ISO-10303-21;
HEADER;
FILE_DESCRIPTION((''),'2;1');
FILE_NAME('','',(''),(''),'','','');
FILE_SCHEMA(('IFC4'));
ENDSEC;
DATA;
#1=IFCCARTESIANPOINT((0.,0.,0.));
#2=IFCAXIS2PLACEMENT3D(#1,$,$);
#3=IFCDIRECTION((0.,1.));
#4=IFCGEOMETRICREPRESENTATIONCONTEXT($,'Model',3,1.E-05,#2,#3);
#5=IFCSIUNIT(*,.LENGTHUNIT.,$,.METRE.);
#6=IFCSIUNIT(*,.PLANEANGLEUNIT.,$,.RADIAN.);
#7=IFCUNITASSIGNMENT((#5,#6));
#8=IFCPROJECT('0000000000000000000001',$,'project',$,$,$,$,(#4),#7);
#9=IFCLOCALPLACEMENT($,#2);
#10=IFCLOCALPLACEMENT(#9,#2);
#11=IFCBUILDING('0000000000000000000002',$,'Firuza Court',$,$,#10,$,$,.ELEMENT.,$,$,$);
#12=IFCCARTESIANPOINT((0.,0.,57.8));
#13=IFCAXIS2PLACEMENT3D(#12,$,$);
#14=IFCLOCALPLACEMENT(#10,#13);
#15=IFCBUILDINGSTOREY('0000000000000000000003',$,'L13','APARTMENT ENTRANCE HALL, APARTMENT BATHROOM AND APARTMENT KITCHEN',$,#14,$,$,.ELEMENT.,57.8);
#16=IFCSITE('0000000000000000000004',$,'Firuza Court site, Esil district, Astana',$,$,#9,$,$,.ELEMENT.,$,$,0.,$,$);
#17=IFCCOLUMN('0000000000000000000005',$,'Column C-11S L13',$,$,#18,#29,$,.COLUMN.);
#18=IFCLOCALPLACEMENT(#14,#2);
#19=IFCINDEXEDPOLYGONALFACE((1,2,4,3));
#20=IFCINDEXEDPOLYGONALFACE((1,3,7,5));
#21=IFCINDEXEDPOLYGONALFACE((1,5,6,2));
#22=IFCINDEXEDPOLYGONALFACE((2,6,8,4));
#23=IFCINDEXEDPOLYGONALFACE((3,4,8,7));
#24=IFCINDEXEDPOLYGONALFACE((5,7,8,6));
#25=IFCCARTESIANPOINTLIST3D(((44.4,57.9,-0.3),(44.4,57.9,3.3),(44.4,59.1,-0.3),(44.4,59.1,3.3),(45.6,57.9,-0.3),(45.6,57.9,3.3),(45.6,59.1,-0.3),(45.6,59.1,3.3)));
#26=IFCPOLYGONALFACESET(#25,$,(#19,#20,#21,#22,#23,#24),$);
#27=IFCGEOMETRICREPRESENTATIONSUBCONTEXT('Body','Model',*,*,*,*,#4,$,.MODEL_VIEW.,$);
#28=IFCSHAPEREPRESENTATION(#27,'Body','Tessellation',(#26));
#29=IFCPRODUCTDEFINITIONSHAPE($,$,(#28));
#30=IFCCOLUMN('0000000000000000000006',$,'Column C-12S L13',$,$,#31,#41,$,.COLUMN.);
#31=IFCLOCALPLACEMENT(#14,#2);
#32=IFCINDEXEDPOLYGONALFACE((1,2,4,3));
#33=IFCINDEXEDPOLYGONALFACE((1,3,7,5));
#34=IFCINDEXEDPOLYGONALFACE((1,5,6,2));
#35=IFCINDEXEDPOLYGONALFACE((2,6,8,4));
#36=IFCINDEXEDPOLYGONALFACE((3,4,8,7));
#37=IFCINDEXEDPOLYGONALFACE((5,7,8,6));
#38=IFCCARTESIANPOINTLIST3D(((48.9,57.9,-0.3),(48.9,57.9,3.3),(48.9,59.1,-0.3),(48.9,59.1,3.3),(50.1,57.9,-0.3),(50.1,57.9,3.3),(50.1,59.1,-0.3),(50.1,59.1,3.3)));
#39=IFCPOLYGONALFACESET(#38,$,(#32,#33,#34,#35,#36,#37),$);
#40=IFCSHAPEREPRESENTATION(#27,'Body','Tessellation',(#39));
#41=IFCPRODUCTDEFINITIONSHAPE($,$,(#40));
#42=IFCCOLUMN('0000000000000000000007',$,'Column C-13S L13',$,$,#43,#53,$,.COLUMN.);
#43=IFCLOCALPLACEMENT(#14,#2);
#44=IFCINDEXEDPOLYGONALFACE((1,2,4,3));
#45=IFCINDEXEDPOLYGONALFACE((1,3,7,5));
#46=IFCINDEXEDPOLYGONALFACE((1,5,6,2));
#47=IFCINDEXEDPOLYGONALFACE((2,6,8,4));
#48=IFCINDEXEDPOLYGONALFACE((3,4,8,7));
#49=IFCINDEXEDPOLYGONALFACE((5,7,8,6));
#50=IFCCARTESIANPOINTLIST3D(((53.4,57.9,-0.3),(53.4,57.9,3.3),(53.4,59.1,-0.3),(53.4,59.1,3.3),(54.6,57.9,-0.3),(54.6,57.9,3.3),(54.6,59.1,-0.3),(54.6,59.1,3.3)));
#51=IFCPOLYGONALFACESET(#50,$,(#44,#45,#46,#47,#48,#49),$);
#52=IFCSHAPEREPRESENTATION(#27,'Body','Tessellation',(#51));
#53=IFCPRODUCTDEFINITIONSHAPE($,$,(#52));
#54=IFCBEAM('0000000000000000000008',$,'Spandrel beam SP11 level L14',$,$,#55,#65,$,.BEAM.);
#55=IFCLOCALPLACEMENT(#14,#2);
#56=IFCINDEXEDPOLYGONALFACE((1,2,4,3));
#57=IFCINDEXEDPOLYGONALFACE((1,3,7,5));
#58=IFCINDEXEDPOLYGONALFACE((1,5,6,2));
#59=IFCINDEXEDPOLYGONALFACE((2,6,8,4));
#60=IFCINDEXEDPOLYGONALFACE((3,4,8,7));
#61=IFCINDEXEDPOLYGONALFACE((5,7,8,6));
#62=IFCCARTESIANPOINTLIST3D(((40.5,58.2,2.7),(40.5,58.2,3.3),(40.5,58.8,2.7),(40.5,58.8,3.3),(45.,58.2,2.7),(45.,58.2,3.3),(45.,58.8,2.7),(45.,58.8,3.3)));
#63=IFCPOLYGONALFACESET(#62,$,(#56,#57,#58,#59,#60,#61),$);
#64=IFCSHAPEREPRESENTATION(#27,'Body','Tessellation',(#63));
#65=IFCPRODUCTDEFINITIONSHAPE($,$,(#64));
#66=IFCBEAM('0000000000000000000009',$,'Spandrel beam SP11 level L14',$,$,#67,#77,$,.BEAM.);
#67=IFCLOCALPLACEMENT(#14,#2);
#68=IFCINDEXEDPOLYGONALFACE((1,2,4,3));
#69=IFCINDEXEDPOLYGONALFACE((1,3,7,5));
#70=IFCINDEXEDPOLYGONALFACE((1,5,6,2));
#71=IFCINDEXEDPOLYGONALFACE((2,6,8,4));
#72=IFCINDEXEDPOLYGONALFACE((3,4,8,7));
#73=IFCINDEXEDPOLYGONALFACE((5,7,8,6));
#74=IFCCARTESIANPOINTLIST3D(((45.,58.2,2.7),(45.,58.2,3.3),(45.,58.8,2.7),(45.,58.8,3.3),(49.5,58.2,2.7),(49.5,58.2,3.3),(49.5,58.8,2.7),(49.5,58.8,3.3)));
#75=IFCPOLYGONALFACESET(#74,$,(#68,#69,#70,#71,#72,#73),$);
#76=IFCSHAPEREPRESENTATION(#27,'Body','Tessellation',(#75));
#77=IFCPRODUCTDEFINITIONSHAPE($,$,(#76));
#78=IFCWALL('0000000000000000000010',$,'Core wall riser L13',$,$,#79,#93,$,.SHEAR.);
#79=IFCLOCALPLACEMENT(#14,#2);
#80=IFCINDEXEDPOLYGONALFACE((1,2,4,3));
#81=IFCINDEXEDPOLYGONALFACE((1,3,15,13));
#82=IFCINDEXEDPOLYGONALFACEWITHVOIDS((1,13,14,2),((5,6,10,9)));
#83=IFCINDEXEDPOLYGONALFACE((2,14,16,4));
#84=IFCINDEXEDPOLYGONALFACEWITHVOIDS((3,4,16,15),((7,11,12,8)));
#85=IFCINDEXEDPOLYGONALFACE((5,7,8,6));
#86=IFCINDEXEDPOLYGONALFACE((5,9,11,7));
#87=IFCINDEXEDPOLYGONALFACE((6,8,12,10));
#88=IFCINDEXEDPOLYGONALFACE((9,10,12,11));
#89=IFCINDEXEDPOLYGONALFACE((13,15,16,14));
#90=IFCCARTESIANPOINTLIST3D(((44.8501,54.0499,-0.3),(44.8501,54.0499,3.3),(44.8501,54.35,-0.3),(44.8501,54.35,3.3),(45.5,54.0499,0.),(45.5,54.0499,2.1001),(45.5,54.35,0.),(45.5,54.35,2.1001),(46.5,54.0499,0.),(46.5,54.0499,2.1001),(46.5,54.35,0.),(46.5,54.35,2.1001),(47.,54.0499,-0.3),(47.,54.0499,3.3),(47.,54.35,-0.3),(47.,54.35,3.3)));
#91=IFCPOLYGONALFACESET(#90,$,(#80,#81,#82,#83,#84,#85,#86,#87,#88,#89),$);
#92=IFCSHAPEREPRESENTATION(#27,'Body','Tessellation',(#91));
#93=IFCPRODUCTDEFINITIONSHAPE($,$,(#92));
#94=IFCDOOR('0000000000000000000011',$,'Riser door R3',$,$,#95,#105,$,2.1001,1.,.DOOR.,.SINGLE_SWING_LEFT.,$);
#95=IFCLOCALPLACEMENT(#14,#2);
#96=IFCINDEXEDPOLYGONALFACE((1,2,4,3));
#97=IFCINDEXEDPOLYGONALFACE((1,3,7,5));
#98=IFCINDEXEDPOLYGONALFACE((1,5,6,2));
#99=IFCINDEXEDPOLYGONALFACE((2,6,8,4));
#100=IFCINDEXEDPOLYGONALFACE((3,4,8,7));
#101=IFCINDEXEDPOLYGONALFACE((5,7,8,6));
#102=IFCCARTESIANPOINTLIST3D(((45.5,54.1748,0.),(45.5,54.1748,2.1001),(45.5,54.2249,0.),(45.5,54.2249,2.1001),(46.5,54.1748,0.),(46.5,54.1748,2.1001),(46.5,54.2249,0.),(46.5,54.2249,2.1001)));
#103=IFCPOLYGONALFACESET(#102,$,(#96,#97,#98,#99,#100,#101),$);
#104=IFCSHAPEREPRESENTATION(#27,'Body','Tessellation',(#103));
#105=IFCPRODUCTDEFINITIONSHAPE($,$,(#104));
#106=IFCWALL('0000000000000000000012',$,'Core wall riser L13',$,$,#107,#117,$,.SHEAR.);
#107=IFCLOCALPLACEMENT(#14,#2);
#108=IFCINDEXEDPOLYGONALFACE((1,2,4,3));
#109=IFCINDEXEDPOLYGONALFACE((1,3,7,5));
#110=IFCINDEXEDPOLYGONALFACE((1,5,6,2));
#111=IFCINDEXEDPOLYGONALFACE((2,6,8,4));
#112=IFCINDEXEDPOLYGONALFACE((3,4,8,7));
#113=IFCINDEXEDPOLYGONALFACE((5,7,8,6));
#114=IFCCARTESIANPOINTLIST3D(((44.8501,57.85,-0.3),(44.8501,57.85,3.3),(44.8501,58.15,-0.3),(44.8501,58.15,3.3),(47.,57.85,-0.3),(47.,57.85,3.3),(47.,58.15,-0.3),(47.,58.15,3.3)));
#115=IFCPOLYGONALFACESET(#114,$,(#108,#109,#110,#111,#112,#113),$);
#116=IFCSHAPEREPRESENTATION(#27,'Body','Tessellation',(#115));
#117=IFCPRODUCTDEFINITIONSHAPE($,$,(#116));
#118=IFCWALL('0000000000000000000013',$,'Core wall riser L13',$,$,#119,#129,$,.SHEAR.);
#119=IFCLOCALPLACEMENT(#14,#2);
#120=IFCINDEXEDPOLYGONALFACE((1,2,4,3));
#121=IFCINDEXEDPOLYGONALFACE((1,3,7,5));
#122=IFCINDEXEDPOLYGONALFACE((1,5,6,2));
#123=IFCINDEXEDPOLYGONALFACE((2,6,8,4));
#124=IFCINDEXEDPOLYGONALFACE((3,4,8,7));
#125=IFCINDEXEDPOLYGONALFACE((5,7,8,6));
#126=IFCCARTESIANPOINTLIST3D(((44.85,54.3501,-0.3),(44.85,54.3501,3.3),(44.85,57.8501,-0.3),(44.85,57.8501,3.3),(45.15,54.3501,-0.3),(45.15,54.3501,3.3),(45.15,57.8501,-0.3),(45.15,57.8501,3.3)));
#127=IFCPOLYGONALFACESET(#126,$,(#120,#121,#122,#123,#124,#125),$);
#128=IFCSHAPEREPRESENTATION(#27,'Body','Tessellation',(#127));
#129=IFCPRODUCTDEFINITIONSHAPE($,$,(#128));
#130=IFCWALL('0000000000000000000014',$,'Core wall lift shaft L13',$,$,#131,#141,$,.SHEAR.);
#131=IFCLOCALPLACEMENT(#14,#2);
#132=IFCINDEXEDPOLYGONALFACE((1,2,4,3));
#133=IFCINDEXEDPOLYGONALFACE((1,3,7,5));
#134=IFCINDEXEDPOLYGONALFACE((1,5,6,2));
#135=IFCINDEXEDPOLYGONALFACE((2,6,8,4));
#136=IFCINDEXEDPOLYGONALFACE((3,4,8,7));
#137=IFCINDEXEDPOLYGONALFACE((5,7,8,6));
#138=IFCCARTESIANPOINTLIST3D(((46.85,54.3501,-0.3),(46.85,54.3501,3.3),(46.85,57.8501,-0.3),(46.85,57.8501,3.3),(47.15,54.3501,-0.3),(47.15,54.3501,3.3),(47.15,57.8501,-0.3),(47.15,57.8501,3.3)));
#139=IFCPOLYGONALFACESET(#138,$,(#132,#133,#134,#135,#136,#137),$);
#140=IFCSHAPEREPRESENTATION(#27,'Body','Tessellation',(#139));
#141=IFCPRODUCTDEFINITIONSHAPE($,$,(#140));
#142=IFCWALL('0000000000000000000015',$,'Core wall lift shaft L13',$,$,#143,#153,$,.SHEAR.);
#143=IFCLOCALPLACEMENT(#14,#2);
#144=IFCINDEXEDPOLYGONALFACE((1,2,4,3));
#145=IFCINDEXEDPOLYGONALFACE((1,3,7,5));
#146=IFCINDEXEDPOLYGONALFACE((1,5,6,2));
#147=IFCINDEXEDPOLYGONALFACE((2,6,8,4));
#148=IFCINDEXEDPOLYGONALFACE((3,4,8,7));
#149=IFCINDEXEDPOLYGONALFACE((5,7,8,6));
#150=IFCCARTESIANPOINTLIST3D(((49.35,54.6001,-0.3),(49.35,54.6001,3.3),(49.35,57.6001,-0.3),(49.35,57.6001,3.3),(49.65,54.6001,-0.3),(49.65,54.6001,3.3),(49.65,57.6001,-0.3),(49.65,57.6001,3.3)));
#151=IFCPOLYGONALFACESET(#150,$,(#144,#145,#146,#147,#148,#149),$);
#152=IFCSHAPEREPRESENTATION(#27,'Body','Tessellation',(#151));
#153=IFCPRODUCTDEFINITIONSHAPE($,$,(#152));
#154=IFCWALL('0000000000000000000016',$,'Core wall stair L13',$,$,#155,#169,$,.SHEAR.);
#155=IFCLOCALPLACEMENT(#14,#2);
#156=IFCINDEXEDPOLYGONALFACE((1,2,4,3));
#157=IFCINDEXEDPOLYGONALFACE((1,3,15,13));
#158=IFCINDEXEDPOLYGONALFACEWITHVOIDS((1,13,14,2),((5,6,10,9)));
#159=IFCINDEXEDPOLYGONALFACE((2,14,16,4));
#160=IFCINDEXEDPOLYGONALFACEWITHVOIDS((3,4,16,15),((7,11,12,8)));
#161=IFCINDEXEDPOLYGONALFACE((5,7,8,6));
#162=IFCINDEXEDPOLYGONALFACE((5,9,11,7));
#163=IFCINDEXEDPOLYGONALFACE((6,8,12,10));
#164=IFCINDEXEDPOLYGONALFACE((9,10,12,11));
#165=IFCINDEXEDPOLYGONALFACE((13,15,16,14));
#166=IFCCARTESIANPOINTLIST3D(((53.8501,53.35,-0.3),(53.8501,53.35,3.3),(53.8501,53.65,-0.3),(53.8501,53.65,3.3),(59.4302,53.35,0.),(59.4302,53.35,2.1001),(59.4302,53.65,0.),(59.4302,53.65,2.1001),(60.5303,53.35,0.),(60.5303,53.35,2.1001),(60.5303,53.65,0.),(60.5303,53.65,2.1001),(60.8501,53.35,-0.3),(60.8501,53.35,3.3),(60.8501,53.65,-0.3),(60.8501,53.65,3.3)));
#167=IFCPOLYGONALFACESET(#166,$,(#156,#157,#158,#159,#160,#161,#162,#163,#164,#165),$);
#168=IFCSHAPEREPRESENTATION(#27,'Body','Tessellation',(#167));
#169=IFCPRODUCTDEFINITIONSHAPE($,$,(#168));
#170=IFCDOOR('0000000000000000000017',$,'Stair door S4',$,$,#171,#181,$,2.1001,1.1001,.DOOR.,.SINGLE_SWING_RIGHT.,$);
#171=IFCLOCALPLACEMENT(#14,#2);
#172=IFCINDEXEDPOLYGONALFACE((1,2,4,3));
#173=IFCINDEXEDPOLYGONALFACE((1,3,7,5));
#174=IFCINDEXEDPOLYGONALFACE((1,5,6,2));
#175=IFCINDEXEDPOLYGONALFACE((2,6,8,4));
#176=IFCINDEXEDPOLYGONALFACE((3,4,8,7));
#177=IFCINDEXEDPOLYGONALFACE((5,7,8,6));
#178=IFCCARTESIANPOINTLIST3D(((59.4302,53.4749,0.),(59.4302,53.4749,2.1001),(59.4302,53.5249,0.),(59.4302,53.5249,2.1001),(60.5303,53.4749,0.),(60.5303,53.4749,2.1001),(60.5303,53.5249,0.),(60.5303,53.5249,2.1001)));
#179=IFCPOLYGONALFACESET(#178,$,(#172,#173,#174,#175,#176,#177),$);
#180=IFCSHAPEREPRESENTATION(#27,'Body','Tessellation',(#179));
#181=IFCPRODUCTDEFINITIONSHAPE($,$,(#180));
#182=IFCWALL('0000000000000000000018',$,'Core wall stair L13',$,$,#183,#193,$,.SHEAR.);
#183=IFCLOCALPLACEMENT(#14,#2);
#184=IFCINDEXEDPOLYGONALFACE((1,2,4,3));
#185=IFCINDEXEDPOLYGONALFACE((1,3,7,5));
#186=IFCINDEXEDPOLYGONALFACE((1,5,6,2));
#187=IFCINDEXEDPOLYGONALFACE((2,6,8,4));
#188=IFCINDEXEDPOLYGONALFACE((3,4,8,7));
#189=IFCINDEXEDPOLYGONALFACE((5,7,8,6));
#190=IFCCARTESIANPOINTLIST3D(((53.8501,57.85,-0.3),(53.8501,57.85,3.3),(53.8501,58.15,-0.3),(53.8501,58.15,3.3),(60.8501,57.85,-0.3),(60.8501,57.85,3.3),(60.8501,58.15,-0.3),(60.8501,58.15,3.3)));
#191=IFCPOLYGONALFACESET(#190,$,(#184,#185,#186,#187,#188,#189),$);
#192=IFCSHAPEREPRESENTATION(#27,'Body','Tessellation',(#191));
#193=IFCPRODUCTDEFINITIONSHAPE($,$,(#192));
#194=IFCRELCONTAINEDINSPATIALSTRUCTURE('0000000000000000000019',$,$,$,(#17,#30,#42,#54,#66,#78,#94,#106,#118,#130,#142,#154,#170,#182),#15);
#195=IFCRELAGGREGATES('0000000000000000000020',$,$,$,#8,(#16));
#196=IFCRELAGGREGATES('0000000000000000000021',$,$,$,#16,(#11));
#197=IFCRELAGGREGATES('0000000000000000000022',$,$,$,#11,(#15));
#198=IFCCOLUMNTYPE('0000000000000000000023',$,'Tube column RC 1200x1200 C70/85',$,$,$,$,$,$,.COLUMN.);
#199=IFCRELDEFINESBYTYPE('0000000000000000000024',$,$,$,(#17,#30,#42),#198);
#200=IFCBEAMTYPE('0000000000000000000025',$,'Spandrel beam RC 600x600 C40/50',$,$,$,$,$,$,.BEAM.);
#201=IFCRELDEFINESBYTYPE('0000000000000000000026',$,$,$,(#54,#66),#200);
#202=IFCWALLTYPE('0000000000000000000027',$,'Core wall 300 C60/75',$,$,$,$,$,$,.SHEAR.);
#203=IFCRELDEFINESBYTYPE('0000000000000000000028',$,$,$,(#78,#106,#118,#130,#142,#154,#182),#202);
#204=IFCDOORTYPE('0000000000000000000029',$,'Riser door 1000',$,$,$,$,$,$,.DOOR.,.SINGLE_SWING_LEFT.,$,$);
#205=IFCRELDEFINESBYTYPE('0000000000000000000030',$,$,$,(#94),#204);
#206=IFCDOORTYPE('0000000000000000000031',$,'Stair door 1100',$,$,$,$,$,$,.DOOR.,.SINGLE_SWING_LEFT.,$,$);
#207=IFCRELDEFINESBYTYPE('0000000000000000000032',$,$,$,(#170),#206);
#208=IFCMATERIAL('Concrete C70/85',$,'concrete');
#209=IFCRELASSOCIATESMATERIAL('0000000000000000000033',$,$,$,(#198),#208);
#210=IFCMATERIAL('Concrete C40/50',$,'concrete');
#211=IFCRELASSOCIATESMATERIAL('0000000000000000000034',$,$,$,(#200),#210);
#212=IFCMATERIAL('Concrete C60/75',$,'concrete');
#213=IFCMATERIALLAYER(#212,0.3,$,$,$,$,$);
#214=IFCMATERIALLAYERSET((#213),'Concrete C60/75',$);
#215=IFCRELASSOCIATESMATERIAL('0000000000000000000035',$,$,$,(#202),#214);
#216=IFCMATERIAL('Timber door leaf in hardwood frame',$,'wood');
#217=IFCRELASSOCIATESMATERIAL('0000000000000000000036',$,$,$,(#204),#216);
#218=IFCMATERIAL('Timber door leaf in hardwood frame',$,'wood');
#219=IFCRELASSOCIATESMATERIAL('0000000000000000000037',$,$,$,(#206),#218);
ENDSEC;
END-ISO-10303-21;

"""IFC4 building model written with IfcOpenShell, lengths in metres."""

from ifc_helpers import new_model, si_unit, direction, frame, frame_2d, origin, origin_2d, place, context, subcontext, project, spatial, rectangle, extrude, material, layer, layer_set, material_profile, profile_set, type_object, element, fill, save


model = new_model("IFC4")

# Units and contexts
model_context = context("Model", 3, precision=1e-05, world=origin(), true_north=direction((0.0, 1.0)))
body_context = subcontext(model_context, "Body", "Model", "MODEL_VIEW")
ifc_project = project(units=[si_unit("LENGTHUNIT", "METRE"), si_unit("PLANEANGLEUNIT", "RADIAN")], contexts=[model_context])

# Site, building, storey
site_placement = place(None, origin())
site = spatial("IfcSite", under=ifc_project, at=site_placement, Name="Firuza Court site, Esil district, Astana", CompositionType="ELEMENT", RefElevation=0.0)
building_placement = place(site_placement, origin())
building = spatial("IfcBuilding", under=site, at=building_placement, Name="Firuza Court", CompositionType="ELEMENT")
storey_placement = place(building_placement, frame((0.0, 0.0, 57.8)))
storey = spatial("IfcBuildingStorey", under=building, at=storey_placement, Name="L13", Description="APARTMENT ENTRANCE HALL, APARTMENT BATHROOM AND APARTMENT KITCHEN", CompositionType="ELEMENT", Elevation=57.8)

# Columns
ifc_material_1 = material(Name="Concrete C70/85", Category="concrete")
ifc_material_profile_1 = material_profile(ifc_material_1, rectangle(XDim=1.2, YDim=1.2, at=origin_2d()), Name="RC 1200x1200")
ifc_profile_set_1 = profile_set([ifc_material_profile_1], Name="Concrete C70/85")
column_type = type_object("IfcColumnType", Name="Tube column RC 1200x1200 C70/85", PredefinedType="COLUMN", material=ifc_profile_set_1)
for number, where, z_axis, x_axis, name in (
    (1, (45.0, 58.5, -0.3), (0.0, 0.0, 1.0), (1.0, 0.0, 0.0), "Column C-11S L13"),
    (2, (49.5, 58.5, -0.3), (0.0, 0.0, 1.0), (1.0, 0.0, 0.0), "Column C-12S L13"),
    (3, (54.0, 58.5, -0.3), (0.0, 0.0, 1.0), (1.0, 0.0, 0.0), "Column C-13S L13"),
):
    element("IfcColumn", number, at=place(storey_placement, frame(where, z_axis=z_axis, x_axis=x_axis)), inside=storey, type_object=column_type, Name=name, PredefinedType="COLUMN", context=body_context, shape_type="SweptSolid", body=[
        extrude(rectangle(XDim=1.2, YDim=1.2, at=origin_2d()), origin(), (0.0, 0.0, 1.0), 3.6001),
    ])

# Beams
ifc_material_2 = material(Name="Concrete C40/50", Category="concrete")
ifc_material_profile_2 = material_profile(ifc_material_2, rectangle(XDim=0.6001, YDim=0.6001, at=origin_2d()), Name="RC 600x600")
ifc_profile_set_2 = profile_set([ifc_material_profile_2], Name="Concrete C40/50")
beam_type = type_object("IfcBeamType", Name="Spandrel beam RC 600x600 C40/50", PredefinedType="BEAM", material=ifc_profile_set_2)
for number, where, z_axis, x_axis, name in (
    (4, (45.0, 58.5, 3.0), (-1.0, 0.0, 0.0), (0.0, -1.0, 0.0), "Spandrel beam SP11 level L14"),
    (5, (49.5, 58.5, 3.0), (-1.0, 0.0, 0.0), (0.0, -1.0, 0.0), "Spandrel beam SP11 level L14"),
):
    element("IfcBeam", number, at=place(storey_placement, frame(where, z_axis=z_axis, x_axis=x_axis)), inside=storey, type_object=beam_type, Name=name, PredefinedType="BEAM", context=body_context, shape_type="SweptSolid", body=[
        extrude(rectangle(XDim=0.6001, YDim=0.6001, at=origin_2d()), origin(), (0.0, 0.0, 1.0), 4.5),
    ])

# Wall, opening, door
ifc_material_3 = material(Name="Concrete C60/75", Category="concrete")
ifc_layer_1 = layer(ifc_material_3, 0.3)
ifc_layer_set_1 = layer_set([ifc_layer_1], Name="Concrete C60/75")
wall_type_1 = type_object("IfcWallType", Name="Core wall 300 C60/75", PredefinedType="SHEAR", material=ifc_layer_set_1)
wall_1_placement = place(storey_placement, frame((44.8501, 54.2, -0.3), z_axis=(0.0, 0.0, 1.0), x_axis=(1.0, 0.0, 0.0)))
wall_1 = element("IfcWall", 6, at=wall_1_placement, inside=storey, type_object=wall_type_1, Name="Core wall riser L13", PredefinedType="SHEAR", context=body_context, shape_type="SweptSolid", body=[
    extrude(rectangle(XDim=2.1499, YDim=0.3, at=frame_2d((1.075, 0.0))), origin(), (0.0, 0.0, 1.0), 3.6001),
])
opening_1_placement = place(wall_1_placement, frame((0.6499, 0.0, 0.3)))
opening_1 = element("IfcOpeningElement", 7, at=opening_1_placement, cuts=wall_1, PredefinedType="OPENING", context=body_context, shape_type="SweptSolid", body=[
    extrude(rectangle(XDim=1.0, YDim=2.1001, at=frame_2d((0.5, 1.05))), frame((0.0, 0.1621, 0.0), z_axis=(0.0, -1.0, 0.0), x_axis=(1.0, 0.0, 0.0)), (0.0, 0.0, 1.0), 0.324),
])
ifc_material_4 = material(Name="Timber door leaf in hardwood frame", Category="wood")
door_type_1 = type_object("IfcDoorType", Name="Riser door 1000", OperationType="SINGLE_SWING_LEFT", PredefinedType="DOOR", material=ifc_material_4)
door_1_placement = place(opening_1_placement, origin())
door_1 = element("IfcDoor", 8, at=door_1_placement, inside=storey, type_object=door_type_1, Name="Riser door R3", OperationType="SINGLE_SWING_LEFT", OverallHeight=2.1001, OverallWidth=1.0, PredefinedType="DOOR", context=body_context, shape_type="SweptSolid", body=[
    extrude(rectangle(XDim=1.0, YDim=2.1001, at=frame_2d((0.5, 1.05))), frame((0.0, 0.0249, 0.0), z_axis=(0.0, -1.0, 0.0), x_axis=(1.0, 0.0, 0.0)), (0.0, 0.0, 1.0), 0.05),
])
fill(opening_1, door_1)

# Walls
wall_2_placement = place(storey_placement, frame((44.8501, 58.0, -0.3), z_axis=(0.0, 0.0, 1.0), x_axis=(1.0, 0.0, 0.0)))
element("IfcWall", 9, at=wall_2_placement, inside=storey, type_object=wall_type_1, Name="Core wall riser L13", PredefinedType="SHEAR", context=body_context, shape_type="SweptSolid", body=[
    extrude(rectangle(XDim=2.1499, YDim=0.3, at=frame_2d((1.075, 0.0))), origin(), (0.0, 0.0, 1.0), 3.6001),
])
for number, where, z_axis, x_axis, name in (
    (10, (45.0, 54.3501, -0.3), (0.0, 0.0, 1.0), (0.0, 1.0, 0.0), "Core wall riser L13"),
    (11, (47.0, 54.3501, -0.3), (0.0, 0.0, 1.0), (0.0, 1.0, 0.0), "Core wall lift shaft L13"),
):
    element("IfcWall", number, at=place(storey_placement, frame(where, z_axis=z_axis, x_axis=x_axis)), inside=storey, type_object=wall_type_1, Name=name, PredefinedType="SHEAR", context=body_context, shape_type="SweptSolid", body=[
        extrude(rectangle(XDim=3.5, YDim=0.3, at=frame_2d((1.75, 0.0))), origin(), (0.0, 0.0, 1.0), 3.6001),
    ])
wall_3_placement = place(storey_placement, frame((49.5, 54.6001, -0.3), z_axis=(0.0, 0.0, 1.0), x_axis=(0.0, 1.0, 0.0)))
element("IfcWall", 12, at=wall_3_placement, inside=storey, type_object=wall_type_1, Name="Core wall lift shaft L13", PredefinedType="SHEAR", context=body_context, shape_type="SweptSolid", body=[
    extrude(rectangle(XDim=3.0, YDim=0.3, at=frame_2d((1.5, 0.0))), origin(), (0.0, 0.0, 1.0), 3.6001),
])

# Wall, opening, door
wall_4_placement = place(storey_placement, frame((53.8501, 53.5, -0.3), z_axis=(0.0, 0.0, 1.0), x_axis=(1.0, 0.0, 0.0)))
wall_4 = element("IfcWall", 13, at=wall_4_placement, inside=storey, type_object=wall_type_1, Name="Core wall stair L13", PredefinedType="SHEAR", context=body_context, shape_type="SweptSolid", body=[
    extrude(rectangle(XDim=7.0, YDim=0.3, at=frame_2d((3.5, 0.0))), origin(), (0.0, 0.0, 1.0), 3.6001),
])
opening_2_placement = place(wall_4_placement, frame((5.5801, 0.0, 0.3)))
opening_2 = element("IfcOpeningElement", 14, at=opening_2_placement, cuts=wall_4, PredefinedType="OPENING", context=body_context, shape_type="SweptSolid", body=[
    extrude(rectangle(XDim=1.1001, YDim=2.1001, at=frame_2d((0.55, 1.05))), frame((0.0, 0.1621, 0.0), z_axis=(0.0, -1.0, 0.0), x_axis=(1.0, 0.0, 0.0)), (0.0, 0.0, 1.0), 0.324),
])
ifc_material_5 = material(Name="Timber door leaf in hardwood frame", Category="wood")
door_type_2 = type_object("IfcDoorType", Name="Stair door 1100", OperationType="SINGLE_SWING_LEFT", PredefinedType="DOOR", material=ifc_material_5)
door_2_placement = place(opening_2_placement, origin())
door_2 = element("IfcDoor", 15, at=door_2_placement, inside=storey, type_object=door_type_2, Name="Stair door S4", OperationType="SINGLE_SWING_RIGHT", OverallHeight=2.1001, OverallWidth=1.1001, PredefinedType="DOOR", context=body_context, shape_type="SweptSolid", body=[
    extrude(rectangle(XDim=1.1001, YDim=2.1001, at=frame_2d((0.55, 1.05))), frame((0.0, 0.0249, 0.0), z_axis=(0.0, -1.0, 0.0), x_axis=(1.0, 0.0, 0.0)), (0.0, 0.0, 1.0), 0.05),
])
fill(opening_2, door_2)

# Wall
wall_5_placement = place(storey_placement, frame((53.8501, 58.0, -0.3), z_axis=(0.0, 0.0, 1.0), x_axis=(1.0, 0.0, 0.0)))
element("IfcWall", 16, at=wall_5_placement, inside=storey, type_object=wall_type_1, Name="Core wall stair L13", PredefinedType="SHEAR", context=body_context, shape_type="SweptSolid", body=[
    extrude(rectangle(XDim=7.0, YDim=0.3, at=frame_2d((3.5, 0.0))), origin(), (0.0, 0.0, 1.0), 3.6001),
])

save(model, "model.ifc")
